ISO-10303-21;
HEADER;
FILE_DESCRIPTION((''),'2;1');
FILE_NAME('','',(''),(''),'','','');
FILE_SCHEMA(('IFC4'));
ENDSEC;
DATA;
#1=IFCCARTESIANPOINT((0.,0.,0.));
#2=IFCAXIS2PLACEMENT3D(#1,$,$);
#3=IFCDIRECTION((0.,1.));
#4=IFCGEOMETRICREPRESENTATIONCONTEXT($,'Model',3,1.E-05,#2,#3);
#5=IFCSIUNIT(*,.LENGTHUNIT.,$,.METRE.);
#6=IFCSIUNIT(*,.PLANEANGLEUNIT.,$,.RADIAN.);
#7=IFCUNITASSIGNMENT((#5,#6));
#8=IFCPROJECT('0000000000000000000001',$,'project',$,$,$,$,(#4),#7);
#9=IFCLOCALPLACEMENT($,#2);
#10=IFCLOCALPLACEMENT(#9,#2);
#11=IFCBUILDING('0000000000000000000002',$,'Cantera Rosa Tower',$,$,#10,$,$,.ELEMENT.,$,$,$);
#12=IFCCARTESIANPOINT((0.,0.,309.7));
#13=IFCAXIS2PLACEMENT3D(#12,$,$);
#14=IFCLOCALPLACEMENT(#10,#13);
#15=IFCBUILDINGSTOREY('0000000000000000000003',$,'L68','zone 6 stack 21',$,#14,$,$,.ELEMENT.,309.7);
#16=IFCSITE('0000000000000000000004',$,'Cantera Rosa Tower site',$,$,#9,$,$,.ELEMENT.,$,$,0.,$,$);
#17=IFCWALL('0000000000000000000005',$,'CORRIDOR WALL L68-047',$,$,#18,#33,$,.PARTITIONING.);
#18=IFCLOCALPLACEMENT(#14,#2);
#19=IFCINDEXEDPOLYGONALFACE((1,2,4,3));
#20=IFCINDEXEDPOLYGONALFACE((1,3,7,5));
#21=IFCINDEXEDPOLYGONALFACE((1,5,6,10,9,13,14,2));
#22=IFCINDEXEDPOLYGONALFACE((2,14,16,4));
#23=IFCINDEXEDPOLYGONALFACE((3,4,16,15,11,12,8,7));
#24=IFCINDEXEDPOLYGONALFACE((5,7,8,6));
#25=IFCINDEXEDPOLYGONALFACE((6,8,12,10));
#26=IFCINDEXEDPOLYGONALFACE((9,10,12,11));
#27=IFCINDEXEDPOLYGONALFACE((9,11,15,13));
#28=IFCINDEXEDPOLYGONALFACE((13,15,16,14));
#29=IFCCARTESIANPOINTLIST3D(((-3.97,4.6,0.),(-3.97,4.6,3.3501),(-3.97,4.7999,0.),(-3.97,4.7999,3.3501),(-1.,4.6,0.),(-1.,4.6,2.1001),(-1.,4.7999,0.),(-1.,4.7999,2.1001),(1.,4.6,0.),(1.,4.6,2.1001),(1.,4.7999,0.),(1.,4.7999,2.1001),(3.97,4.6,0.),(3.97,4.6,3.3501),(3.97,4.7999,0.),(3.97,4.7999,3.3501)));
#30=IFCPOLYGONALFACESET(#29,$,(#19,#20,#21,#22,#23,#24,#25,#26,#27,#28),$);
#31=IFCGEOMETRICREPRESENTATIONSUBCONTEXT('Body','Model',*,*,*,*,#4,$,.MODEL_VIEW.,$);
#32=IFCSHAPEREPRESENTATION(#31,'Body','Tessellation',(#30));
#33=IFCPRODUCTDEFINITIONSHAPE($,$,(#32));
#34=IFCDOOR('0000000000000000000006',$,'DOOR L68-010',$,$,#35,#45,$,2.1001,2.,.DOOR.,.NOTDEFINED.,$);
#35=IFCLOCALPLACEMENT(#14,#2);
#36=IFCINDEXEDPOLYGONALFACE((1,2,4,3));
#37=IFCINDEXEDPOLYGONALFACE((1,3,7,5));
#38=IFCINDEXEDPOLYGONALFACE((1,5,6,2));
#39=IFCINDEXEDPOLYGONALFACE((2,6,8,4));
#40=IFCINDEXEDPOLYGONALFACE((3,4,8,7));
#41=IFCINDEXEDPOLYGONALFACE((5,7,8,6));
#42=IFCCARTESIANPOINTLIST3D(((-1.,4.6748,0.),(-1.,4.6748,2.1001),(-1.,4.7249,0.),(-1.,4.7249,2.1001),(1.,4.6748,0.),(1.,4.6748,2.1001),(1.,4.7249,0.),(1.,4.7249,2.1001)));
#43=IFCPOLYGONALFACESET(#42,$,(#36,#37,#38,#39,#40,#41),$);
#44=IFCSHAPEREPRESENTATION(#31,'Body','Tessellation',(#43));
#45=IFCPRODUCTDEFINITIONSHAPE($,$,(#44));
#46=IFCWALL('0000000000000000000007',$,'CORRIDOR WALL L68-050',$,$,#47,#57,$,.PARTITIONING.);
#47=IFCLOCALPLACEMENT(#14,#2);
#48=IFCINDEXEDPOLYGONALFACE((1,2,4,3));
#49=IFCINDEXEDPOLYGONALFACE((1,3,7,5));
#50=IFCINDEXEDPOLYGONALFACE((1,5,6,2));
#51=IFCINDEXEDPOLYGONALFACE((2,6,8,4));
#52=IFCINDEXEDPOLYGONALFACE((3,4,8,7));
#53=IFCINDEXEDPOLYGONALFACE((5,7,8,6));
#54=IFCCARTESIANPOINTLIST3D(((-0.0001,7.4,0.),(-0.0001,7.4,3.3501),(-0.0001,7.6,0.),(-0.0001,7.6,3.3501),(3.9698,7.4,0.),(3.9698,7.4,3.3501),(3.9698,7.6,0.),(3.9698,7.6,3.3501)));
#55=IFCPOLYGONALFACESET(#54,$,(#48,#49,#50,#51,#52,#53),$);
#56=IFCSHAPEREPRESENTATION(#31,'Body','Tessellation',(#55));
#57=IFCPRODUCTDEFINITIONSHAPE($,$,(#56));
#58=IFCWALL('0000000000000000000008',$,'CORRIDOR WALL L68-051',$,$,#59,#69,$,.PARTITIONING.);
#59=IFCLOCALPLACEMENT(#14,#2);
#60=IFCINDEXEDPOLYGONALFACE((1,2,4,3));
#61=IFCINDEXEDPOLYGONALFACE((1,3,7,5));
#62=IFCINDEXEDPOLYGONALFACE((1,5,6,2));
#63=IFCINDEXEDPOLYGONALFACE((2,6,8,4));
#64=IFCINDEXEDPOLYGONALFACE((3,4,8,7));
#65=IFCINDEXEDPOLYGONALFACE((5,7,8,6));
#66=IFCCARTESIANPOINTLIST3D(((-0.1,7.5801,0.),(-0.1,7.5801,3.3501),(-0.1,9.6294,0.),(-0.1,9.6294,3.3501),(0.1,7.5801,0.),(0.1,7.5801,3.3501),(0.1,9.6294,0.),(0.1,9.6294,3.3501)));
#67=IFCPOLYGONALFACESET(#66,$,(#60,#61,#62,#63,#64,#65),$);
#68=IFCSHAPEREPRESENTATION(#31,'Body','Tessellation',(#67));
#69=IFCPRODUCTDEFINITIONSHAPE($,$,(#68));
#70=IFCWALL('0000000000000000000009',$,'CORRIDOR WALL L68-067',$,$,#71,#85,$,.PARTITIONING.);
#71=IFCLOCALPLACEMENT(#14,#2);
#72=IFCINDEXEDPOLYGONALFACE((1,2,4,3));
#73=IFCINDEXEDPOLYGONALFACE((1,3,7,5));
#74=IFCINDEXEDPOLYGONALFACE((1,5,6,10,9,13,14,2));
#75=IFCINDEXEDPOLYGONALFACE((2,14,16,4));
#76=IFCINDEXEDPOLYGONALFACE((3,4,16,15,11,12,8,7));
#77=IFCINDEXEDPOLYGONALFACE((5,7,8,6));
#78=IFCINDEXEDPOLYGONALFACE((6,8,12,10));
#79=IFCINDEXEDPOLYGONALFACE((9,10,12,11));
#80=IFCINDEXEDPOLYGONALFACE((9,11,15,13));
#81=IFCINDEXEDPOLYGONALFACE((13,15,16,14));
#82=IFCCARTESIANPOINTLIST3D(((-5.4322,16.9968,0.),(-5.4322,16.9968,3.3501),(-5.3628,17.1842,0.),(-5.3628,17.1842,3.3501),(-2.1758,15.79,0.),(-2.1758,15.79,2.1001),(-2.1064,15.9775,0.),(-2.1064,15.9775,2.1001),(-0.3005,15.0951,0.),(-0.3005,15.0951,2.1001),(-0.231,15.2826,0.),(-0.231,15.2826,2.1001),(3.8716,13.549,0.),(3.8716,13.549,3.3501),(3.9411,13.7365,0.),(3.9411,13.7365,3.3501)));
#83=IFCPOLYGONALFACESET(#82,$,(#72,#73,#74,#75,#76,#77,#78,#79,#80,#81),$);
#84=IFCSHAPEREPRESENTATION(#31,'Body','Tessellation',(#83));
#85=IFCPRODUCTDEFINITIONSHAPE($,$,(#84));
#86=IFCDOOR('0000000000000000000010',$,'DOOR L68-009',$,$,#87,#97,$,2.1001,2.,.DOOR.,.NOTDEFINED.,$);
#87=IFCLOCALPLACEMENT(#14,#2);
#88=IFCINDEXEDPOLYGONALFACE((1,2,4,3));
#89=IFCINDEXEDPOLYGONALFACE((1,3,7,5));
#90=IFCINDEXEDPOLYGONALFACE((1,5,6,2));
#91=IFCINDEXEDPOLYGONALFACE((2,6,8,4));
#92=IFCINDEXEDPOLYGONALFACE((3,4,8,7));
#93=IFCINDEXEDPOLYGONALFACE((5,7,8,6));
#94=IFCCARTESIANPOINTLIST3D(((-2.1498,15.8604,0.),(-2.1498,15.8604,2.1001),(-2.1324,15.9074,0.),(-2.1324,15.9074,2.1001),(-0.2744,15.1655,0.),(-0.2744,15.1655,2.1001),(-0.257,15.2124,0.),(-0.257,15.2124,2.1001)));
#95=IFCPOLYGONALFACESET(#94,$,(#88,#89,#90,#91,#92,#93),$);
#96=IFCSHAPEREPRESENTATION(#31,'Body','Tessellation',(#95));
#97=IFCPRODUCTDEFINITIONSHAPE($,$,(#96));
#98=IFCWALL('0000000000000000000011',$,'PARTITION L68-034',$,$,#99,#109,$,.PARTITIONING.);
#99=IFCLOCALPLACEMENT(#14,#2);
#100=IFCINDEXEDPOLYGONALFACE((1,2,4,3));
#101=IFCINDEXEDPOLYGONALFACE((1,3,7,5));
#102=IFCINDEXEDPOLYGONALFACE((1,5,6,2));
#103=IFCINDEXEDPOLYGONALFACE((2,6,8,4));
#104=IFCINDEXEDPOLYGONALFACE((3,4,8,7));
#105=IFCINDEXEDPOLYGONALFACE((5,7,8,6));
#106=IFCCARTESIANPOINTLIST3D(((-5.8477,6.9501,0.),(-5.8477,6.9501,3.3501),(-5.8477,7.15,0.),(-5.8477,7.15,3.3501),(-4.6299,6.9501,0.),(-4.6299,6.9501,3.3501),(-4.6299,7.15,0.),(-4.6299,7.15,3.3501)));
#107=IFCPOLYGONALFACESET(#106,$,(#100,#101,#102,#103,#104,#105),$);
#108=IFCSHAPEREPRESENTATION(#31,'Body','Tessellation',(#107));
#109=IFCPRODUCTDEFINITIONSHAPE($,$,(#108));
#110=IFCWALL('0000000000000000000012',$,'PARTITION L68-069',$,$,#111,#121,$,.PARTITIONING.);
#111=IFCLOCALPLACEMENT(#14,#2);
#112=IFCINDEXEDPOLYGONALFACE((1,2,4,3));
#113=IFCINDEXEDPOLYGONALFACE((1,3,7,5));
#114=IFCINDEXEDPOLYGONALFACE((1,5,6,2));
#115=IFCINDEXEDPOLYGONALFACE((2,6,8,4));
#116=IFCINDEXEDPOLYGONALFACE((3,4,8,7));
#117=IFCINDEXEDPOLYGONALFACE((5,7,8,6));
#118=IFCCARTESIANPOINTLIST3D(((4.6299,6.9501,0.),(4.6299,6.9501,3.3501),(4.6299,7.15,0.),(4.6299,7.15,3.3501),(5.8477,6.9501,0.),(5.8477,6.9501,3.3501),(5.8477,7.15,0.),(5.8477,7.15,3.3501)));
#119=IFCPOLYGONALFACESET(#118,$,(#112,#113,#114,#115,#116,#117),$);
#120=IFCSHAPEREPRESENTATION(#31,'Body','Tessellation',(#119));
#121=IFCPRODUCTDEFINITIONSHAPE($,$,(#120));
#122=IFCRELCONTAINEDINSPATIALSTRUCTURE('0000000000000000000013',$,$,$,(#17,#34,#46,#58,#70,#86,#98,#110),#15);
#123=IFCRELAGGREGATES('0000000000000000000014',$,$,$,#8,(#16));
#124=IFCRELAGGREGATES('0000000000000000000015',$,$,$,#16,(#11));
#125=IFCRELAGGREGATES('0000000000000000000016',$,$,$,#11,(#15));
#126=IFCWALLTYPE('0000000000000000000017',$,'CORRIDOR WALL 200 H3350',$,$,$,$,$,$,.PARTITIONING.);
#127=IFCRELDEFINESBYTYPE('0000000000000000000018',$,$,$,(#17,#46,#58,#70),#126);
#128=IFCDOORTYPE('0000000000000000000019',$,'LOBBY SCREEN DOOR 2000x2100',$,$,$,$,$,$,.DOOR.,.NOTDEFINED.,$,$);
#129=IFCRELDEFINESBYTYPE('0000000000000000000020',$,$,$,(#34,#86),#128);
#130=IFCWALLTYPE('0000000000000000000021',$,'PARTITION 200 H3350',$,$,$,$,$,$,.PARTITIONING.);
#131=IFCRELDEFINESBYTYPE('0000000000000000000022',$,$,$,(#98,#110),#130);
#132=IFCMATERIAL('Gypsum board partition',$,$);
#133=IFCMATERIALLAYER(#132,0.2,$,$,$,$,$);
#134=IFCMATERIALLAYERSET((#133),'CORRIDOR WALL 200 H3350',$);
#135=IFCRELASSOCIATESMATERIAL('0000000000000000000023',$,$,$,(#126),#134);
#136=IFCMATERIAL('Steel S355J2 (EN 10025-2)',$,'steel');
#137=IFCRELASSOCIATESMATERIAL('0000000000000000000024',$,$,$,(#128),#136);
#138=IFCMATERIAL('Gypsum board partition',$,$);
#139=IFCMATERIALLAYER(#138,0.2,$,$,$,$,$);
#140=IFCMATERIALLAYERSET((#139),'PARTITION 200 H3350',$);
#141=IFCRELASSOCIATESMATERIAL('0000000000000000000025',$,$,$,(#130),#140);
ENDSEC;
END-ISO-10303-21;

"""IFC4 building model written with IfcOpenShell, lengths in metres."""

from ifc_helpers import new_model, si_unit, direction, frame, frame_2d, origin, place, context, subcontext, project, spatial, rectangle, extrude, material, layer, layer_set, type_object, element, fill, save


model = new_model("IFC4")

# Units and contexts
model_context = context("Model", 3, precision=1e-05, world=origin(), true_north=direction((0.0, 1.0)))
body_context = subcontext(model_context, "Body", "Model", "MODEL_VIEW")
ifc_project = project(units=[si_unit("LENGTHUNIT", "METRE"), si_unit("PLANEANGLEUNIT", "RADIAN")], contexts=[model_context])

# Site, building, storey
site_placement = place(None, origin())
site = spatial("IfcSite", under=ifc_project, at=site_placement, Name="Cantera Rosa Tower site", CompositionType="ELEMENT", RefElevation=0.0)
building_placement = place(site_placement, origin())
building = spatial("IfcBuilding", under=site, at=building_placement, Name="Cantera Rosa Tower", CompositionType="ELEMENT")
storey_placement = place(building_placement, frame((0.0, 0.0, 309.7)))
storey = spatial("IfcBuildingStorey", under=building, at=storey_placement, Name="L68", Description="zone 6 stack 21", CompositionType="ELEMENT", Elevation=309.7)

# Wall, opening, door
ifc_material_1 = material(Name="Gypsum board partition")
ifc_layer_1 = layer(ifc_material_1, 0.2)
ifc_layer_set_1 = layer_set([ifc_layer_1], Name="CORRIDOR WALL 200 H3350")
wall_type_1 = type_object("IfcWallType", Name="CORRIDOR WALL 200 H3350", PredefinedType="PARTITIONING", material=ifc_layer_set_1)
wall_1_placement = place(storey_placement, frame((-3.97, 4.7, 0.0), z_axis=(0.0, 0.0, 1.0), x_axis=(1.0, 0.0, 0.0)))
wall_1 = element("IfcWall", 1, at=wall_1_placement, inside=storey, type_object=wall_type_1, Name="CORRIDOR WALL L68-047", PredefinedType="PARTITIONING", context=body_context, shape_type="SweptSolid", body=[
    extrude(rectangle(XDim=7.9399, YDim=0.2, at=frame_2d((3.97, 0.0))), origin(), (0.0, 0.0, 1.0), 3.3501),
])
opening_1_placement = place(wall_1_placement, frame((2.97, 0.0, 0.0)))
opening_1 = element("IfcOpeningElement", 2, at=opening_1_placement, cuts=wall_1, PredefinedType="OPENING", context=body_context, shape_type="SweptSolid", body=[
    extrude(rectangle(XDim=2.0, YDim=2.1001, at=frame_2d((1.0, 1.05))), frame((0.0, 0.1099, 0.0), z_axis=(0.0, -1.0, 0.0), x_axis=(1.0, 0.0, 0.0)), (0.0, 0.0, 1.0), 0.22),
])
ifc_material_2 = material(Name="Steel S355J2 (EN 10025-2)", Category="steel")
door_type_1 = type_object("IfcDoorType", Name="LOBBY SCREEN DOOR 2000x2100", OperationType="NOTDEFINED", PredefinedType="DOOR", material=ifc_material_2)
door_1_placement = place(opening_1_placement, origin())
door_1 = element("IfcDoor", 3, at=door_1_placement, inside=storey, type_object=door_type_1, Name="DOOR L68-010", OperationType="NOTDEFINED", OverallHeight=2.1001, OverallWidth=2.0, PredefinedType="DOOR", context=body_context, shape_type="SweptSolid", body=[
    extrude(rectangle(XDim=2.0, YDim=2.1001, at=frame_2d((1.0, 1.05))), frame((0.0, 0.0249, 0.0), z_axis=(0.0, -1.0, 0.0), x_axis=(1.0, 0.0, 0.0)), (0.0, 0.0, 1.0), 0.05),
])
fill(opening_1, door_1)

# Walls
wall_2_placement = place(storey_placement, frame((0.0, 7.5, 0.0), z_axis=(0.0, 0.0, 1.0), x_axis=(1.0, 0.0, 0.0)))
element("IfcWall", 4, at=wall_2_placement, inside=storey, type_object=wall_type_1, Name="CORRIDOR WALL L68-050", PredefinedType="PARTITIONING", context=body_context, shape_type="SweptSolid", body=[
    extrude(rectangle(XDim=3.97, YDim=0.2, at=frame_2d((1.9849, 0.0))), origin(), (0.0, 0.0, 1.0), 3.3501),
])
wall_3_placement = place(storey_placement, frame((0.0, 9.6294, 0.0), z_axis=(0.0, 0.0, 1.0), x_axis=(0.0, -1.0, 0.0)))
element("IfcWall", 5, at=wall_3_placement, inside=storey, type_object=wall_type_1, Name="CORRIDOR WALL L68-051", PredefinedType="PARTITIONING", context=body_context, shape_type="SweptSolid", body=[
    extrude(rectangle(XDim=2.0493, YDim=0.2, at=frame_2d((1.0247, 0.0))), origin(), (0.0, 0.0, 1.0), 3.3501),
])

# Wall, opening, door
wall_4_placement = place(storey_placement, frame((3.9062, 13.6428, 0.0), z_axis=(0.0, 0.0, 1.0), x_axis=(-0.937688, 0.347478, 0.0)))
wall_4 = element("IfcWall", 6, at=wall_4_placement, inside=storey, type_object=wall_type_1, Name="CORRIDOR WALL L68-067", PredefinedType="PARTITIONING", context=body_context, shape_type="SweptSolid", body=[
    extrude(rectangle(XDim=9.9221, YDim=0.2, at=frame_2d((4.9609, 0.0))), origin(), (0.0, 0.0, 1.0), 3.3501),
])
opening_2_placement = place(wall_4_placement, frame((4.4492, 0.0, 0.0)))
opening_2 = element("IfcOpeningElement", 7, at=opening_2_placement, cuts=wall_4, PredefinedType="OPENING", context=body_context, shape_type="SweptSolid", body=[
    extrude(rectangle(XDim=2.0, YDim=2.1001, at=frame_2d((1.0, 1.05))), frame((0.0, 0.1099, 0.0), z_axis=(0.0, -1.0, 0.0), x_axis=(1.0, 0.0, 0.0)), (0.0, 0.0, 1.0), 0.22),
])
door_2_placement = place(opening_2_placement, origin())
door_2 = element("IfcDoor", 8, at=door_2_placement, inside=storey, type_object=door_type_1, Name="DOOR L68-009", OperationType="NOTDEFINED", OverallHeight=2.1001, OverallWidth=2.0, PredefinedType="DOOR", context=body_context, shape_type="SweptSolid", body=[
    extrude(rectangle(XDim=2.0, YDim=2.1001, at=frame_2d((1.0, 1.05))), frame((0.0, 0.0249, 0.0), z_axis=(0.0, -1.0, 0.0), x_axis=(1.0, 0.0, 0.0)), (0.0, 0.0, 1.0), 0.05),
])
fill(opening_2, door_2)

# Walls
ifc_material_3 = material(Name="Gypsum board partition")
ifc_layer_2 = layer(ifc_material_3, 0.2)
ifc_layer_set_2 = layer_set([ifc_layer_2], Name="PARTITION 200 H3350")
wall_type_2 = type_object("IfcWallType", Name="PARTITION 200 H3350", PredefinedType="PARTITIONING", material=ifc_layer_set_2)
for number, where, z_axis, x_axis, name in (
    (9, (-5.8477, 7.05, 0.0), (0.0, 0.0, 1.0), (1.0, 0.0, 0.0), "PARTITION L68-034"),
    (10, (4.6299, 7.05, 0.0), (0.0, 0.0, 1.0), (1.0, 0.0, 0.0), "PARTITION L68-069"),
):
    element("IfcWall", number, at=place(storey_placement, frame(where, z_axis=z_axis, x_axis=x_axis)), inside=storey, type_object=wall_type_2, Name=name, PredefinedType="PARTITIONING", context=body_context, shape_type="SweptSolid", body=[
        extrude(rectangle(XDim=1.2178, YDim=0.2, at=frame_2d((0.6089, 0.0))), origin(), (0.0, 0.0, 1.0), 3.3501),
    ])

save(model, "model.ifc")
